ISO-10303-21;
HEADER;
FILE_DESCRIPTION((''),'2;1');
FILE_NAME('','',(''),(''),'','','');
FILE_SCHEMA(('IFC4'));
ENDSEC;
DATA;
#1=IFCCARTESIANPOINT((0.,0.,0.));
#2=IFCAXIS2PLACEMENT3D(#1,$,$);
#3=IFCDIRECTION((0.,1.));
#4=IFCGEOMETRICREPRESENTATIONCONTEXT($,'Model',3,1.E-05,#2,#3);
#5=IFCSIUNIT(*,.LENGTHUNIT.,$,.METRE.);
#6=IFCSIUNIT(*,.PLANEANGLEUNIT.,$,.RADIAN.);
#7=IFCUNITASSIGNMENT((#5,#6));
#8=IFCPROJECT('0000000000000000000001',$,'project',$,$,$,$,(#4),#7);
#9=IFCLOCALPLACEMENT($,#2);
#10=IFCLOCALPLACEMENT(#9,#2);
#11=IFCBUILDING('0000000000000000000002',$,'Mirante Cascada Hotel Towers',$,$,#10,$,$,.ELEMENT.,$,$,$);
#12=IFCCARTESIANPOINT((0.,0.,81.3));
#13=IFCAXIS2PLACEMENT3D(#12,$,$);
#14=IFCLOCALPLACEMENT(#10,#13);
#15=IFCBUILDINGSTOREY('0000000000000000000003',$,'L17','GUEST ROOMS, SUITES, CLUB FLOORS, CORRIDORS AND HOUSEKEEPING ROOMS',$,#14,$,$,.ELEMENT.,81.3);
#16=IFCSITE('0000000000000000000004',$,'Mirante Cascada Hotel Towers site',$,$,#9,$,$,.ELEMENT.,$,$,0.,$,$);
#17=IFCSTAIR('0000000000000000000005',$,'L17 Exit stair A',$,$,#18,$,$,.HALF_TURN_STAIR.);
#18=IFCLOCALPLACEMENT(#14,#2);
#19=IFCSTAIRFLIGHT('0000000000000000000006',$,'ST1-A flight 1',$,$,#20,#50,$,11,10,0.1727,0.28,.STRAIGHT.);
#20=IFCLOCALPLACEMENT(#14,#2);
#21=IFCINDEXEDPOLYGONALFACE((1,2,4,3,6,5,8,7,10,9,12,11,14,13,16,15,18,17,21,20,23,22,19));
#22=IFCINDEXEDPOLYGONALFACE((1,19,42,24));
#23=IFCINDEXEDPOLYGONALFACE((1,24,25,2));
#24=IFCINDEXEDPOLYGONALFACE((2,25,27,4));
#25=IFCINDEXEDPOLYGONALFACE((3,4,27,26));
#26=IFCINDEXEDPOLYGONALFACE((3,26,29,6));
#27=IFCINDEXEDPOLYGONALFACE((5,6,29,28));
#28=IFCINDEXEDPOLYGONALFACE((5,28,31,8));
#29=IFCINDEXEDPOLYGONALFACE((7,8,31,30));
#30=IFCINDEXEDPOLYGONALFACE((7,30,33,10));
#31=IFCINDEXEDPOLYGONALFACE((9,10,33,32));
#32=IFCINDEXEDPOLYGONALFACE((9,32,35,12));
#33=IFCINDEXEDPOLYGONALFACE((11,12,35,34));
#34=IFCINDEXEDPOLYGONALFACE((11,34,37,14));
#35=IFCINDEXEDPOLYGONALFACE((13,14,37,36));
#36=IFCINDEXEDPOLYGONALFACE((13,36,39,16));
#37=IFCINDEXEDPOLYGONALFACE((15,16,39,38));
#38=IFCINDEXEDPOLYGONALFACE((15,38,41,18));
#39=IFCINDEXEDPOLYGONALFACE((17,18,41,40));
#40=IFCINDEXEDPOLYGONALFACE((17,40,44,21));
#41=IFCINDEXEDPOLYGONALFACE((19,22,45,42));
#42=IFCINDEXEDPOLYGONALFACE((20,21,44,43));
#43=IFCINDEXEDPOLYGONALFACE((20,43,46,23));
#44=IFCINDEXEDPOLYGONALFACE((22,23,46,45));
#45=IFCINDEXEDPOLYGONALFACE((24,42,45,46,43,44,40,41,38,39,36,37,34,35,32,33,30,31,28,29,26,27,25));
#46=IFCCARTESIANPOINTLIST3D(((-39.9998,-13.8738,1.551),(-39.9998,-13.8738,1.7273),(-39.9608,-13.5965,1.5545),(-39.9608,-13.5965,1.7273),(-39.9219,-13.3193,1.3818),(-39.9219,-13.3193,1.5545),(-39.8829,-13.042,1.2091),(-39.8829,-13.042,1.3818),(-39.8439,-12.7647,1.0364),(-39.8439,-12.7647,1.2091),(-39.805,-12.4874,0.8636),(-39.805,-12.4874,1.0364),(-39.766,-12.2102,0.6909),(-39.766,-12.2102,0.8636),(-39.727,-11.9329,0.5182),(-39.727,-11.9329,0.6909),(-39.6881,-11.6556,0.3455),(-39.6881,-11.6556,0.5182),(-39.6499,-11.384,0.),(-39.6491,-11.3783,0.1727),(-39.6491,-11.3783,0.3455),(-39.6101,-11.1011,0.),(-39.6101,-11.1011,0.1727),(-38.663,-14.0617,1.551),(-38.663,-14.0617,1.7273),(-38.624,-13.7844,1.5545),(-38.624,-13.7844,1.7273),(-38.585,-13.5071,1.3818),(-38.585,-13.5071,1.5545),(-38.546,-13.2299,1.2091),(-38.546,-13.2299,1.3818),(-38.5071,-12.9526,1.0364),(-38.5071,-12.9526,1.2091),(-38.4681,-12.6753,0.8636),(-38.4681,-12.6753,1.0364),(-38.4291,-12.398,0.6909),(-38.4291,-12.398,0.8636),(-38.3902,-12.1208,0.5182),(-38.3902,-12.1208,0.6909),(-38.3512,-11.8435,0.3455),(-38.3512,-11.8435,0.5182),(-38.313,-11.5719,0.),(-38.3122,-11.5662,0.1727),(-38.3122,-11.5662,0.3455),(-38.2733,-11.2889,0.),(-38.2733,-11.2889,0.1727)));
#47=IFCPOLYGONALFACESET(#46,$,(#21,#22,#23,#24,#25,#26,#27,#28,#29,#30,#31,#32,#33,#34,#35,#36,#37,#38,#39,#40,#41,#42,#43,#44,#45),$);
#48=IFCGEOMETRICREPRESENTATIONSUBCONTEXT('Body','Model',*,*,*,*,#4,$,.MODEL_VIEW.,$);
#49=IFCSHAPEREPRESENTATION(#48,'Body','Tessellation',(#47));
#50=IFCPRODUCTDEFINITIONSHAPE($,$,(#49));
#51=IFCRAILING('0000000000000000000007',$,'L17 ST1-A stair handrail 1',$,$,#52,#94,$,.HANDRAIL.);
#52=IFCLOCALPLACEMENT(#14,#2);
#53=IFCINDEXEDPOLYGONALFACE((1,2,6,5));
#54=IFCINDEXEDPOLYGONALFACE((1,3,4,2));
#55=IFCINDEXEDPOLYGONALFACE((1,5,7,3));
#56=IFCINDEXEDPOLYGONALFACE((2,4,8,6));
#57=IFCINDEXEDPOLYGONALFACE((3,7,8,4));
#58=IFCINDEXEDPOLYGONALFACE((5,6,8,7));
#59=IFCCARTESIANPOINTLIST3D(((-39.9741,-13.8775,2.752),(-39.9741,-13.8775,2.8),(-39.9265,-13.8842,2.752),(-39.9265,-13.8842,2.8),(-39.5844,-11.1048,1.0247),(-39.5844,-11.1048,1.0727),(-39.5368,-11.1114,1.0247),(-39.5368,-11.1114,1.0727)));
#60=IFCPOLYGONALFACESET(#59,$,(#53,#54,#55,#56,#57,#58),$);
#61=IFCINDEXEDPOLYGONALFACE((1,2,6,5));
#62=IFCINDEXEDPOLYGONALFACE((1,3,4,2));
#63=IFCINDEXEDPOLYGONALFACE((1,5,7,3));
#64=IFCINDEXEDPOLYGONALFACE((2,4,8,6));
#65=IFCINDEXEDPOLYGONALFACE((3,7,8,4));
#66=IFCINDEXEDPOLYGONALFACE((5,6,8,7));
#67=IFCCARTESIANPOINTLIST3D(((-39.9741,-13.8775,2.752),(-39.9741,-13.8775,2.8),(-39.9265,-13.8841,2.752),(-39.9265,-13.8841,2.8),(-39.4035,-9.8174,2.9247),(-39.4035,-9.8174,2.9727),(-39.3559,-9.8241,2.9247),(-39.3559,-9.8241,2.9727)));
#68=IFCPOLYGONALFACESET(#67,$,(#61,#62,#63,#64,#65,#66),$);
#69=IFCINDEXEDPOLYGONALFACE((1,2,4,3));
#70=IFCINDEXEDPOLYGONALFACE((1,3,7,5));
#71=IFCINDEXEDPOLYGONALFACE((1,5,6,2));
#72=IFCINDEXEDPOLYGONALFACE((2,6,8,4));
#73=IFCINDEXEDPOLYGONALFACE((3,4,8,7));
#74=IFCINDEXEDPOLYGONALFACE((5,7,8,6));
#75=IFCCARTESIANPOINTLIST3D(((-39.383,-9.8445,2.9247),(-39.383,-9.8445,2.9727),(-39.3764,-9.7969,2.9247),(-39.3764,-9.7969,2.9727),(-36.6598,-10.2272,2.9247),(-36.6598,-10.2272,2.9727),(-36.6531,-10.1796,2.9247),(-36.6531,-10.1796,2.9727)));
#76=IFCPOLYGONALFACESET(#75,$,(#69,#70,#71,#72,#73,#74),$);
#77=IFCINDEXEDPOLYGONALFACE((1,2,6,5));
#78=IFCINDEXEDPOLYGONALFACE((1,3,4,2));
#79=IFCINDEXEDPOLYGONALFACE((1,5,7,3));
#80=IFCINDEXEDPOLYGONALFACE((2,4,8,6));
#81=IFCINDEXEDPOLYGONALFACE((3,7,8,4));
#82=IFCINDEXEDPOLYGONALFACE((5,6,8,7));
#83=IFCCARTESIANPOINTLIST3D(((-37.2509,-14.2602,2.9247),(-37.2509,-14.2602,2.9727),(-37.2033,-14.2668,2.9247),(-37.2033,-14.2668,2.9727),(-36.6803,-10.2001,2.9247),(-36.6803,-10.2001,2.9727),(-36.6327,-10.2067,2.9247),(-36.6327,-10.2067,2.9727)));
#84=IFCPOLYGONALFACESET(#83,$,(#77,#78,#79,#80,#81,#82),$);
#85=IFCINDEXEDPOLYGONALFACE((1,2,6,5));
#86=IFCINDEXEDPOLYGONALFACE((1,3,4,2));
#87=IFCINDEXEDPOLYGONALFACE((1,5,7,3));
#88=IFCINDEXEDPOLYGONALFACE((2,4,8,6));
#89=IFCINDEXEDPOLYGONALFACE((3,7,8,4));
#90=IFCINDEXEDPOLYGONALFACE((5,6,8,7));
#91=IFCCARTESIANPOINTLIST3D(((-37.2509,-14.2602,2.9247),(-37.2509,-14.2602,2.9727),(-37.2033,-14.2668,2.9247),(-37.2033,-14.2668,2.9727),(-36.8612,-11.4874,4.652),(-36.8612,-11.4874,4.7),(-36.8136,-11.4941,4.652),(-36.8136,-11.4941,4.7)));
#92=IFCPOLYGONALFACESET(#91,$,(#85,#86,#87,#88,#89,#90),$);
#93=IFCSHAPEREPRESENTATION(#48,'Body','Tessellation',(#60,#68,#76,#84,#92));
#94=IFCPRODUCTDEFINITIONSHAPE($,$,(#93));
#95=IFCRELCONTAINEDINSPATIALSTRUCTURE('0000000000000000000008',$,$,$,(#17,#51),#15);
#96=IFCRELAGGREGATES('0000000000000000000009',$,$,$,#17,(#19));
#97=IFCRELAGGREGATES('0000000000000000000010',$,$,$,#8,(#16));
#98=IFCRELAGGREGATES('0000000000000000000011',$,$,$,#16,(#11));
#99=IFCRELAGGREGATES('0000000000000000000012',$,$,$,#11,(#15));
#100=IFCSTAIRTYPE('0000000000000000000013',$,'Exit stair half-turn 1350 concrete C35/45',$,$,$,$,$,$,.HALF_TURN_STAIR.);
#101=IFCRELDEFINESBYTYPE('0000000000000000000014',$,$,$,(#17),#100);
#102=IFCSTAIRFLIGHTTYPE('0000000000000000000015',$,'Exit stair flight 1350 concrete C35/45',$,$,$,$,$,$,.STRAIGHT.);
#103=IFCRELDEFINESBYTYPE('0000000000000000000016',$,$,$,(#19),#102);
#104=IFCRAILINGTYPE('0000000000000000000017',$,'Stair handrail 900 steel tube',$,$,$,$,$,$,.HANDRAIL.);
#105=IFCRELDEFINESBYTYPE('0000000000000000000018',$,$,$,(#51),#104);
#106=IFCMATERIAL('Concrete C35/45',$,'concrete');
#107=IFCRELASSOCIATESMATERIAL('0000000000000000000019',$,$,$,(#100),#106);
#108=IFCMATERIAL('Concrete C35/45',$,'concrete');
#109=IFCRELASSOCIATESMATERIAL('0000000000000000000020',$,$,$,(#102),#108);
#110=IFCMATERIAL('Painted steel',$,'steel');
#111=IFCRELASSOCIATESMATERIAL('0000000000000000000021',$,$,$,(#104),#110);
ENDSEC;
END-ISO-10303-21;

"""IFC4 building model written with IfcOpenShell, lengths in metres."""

from ifc_helpers import new_model, si_unit, direction, frame, origin, origin_2d, place, context, subcontext, project, spatial, polyline, rectangle, outline, extrude, material, type_object, element, aggregate, save


model = new_model("IFC4")

# Units and contexts
model_context = context("Model", 3, precision=1e-05, world=origin(), true_north=direction((0.0, 1.0)))
body_context = subcontext(model_context, "Body", "Model", "MODEL_VIEW")
ifc_project = project(units=[si_unit("LENGTHUNIT", "METRE"), si_unit("PLANEANGLEUNIT", "RADIAN")], contexts=[model_context])

# Site, building, storey
site_placement = place(None, origin())
site = spatial("IfcSite", under=ifc_project, at=site_placement, Name="Mirante Cascada Hotel Towers site", CompositionType="ELEMENT", RefElevation=0.0)
building_placement = place(site_placement, origin())
building = spatial("IfcBuilding", under=site, at=building_placement, Name="Mirante Cascada Hotel Towers", CompositionType="ELEMENT")
storey_placement = place(building_placement, frame((0.0, 0.0, 81.3)))
storey = spatial("IfcBuildingStorey", under=building, at=storey_placement, Name="L17", Description="GUEST ROOMS, SUITES, CLUB FLOORS, CORRIDORS AND HOUSEKEEPING ROOMS", CompositionType="ELEMENT", Elevation=81.3)

# Stair, stair flight
ifc_material_1 = material(Name="Concrete C35/45", Category="concrete")
stair_type = type_object("IfcStairType", Name="Exit stair half-turn 1350 concrete C35/45", PredefinedType="HALF_TURN_STAIR", material=ifc_material_1)
stair_placement = place(storey_placement, origin())
stair = element("IfcStair", 1, at=stair_placement, inside=storey, type_object=stair_type, Name="L17 Exit stair A", PredefinedType="HALF_TURN_STAIR")
ifc_material_2 = material(Name="Concrete C35/45", Category="concrete")
stair_flight_type = type_object("IfcStairFlightType", Name="Exit stair flight 1350 concrete C35/45", PredefinedType="STRAIGHT", material=ifc_material_2)
stair_flight_placement = place(storey_placement, frame((-38.9417, -11.195, 0.0), z_axis=(0.0, 0.0, 1.0), x_axis=(-0.139173, -0.990268, 0.0)))
stair_flight = element("IfcStairFlight", 2, at=stair_flight_placement, type_object=stair_flight_type, Name="ST1-A flight 1", NumberOfRisers=11, NumberOfTreads=10, PredefinedType="STRAIGHT", RiserHeight=0.1727, TreadLength=0.28, context=body_context, shape_type="SweptSolid", body=[
    extrude(outline(polyline([(0.0, 0.0), (0.0, 0.1727), (0.28, 0.1727), (0.28, 0.3455), (0.56, 0.3455), (0.56, 0.5182), (0.84, 0.5182), (0.84, 0.6909), (1.12, 0.6909), (1.12, 0.8636), (1.4, 0.8636), (1.4, 1.0364), (1.68, 1.0364), (1.68, 1.2091), (1.96, 1.2091), (1.96, 1.3818), (2.24, 1.3818), (2.24, 1.5545), (2.52, 1.5545), (2.52, 1.7273), (2.8, 1.7273), (2.8, 1.9), (2.8, 1.551), (0.2857, 0.0), (0.0, 0.0)])), frame((0.0, 0.675, 0.0), z_axis=(0.0, -1.0, 0.0), x_axis=(1.0, 0.0, 0.0)), (0.0, 0.0, 1.0), 1.35),
])
aggregate(stair, [stair_flight])

# Railing
ifc_material_3 = material(Name="Painted steel", Category="steel")
railing_type = type_object("IfcRailingType", Name="Stair handrail 900 steel tube", PredefinedType="HANDRAIL", material=ifc_material_3)
railing_placement = place(storey_placement, frame((-39.5606, -11.1081, 0.1727)))
element("IfcRailing", 3, at=railing_placement, inside=storey, type_object=railing_type, Name="L17 ST1-A stair handrail 1", PredefinedType="HANDRAIL", context=body_context, shape_type="SweptSolid", body=[
    extrude(rectangle(XDim=0.048, YDim=0.048, at=origin_2d()), frame((0.0, 0.0, 0.876), z_axis=(-0.139181, -0.990267, 0.0), x_axis=(0.990267, -0.139181, 0.0)), (0.0, 0.525035, 0.851081), 3.2899),
    extrude(rectangle(XDim=0.048, YDim=0.048, at=origin_2d()), frame((-0.3897, -2.7727, 2.6033), z_axis=(0.139171, 0.990268, 0.0), x_axis=(-0.990268, 0.139171, 0.0)), (0.0, 0.042085, 0.999114), 4.1036),
    extrude(rectangle(XDim=0.048, YDim=0.048, at=origin_2d()), frame((0.1809, 1.2874, 2.776), z_axis=(0.990269, -0.139166, 0.0), x_axis=(0.139166, 0.990269, 0.0)), (0.0, 0.0, 1.0), 2.75),
    extrude(rectangle(XDim=0.048, YDim=0.048, at=origin_2d()), frame((2.9041, 0.9047, 2.776), z_axis=(-0.139171, -0.990268, 0.0), x_axis=(0.990268, -0.139171, 0.0)), (0.0, 0.0, 1.0), 4.1),
    extrude(rectangle(XDim=0.048, YDim=0.048, at=origin_2d()), frame((2.3335, -3.1554, 2.776), z_axis=(0.139181, 0.990267, 0.0), x_axis=(-0.990267, 0.139181, 0.0)), (0.0, 0.525035, 0.851081), 3.2899),
])

save(model, "model.ifc")
